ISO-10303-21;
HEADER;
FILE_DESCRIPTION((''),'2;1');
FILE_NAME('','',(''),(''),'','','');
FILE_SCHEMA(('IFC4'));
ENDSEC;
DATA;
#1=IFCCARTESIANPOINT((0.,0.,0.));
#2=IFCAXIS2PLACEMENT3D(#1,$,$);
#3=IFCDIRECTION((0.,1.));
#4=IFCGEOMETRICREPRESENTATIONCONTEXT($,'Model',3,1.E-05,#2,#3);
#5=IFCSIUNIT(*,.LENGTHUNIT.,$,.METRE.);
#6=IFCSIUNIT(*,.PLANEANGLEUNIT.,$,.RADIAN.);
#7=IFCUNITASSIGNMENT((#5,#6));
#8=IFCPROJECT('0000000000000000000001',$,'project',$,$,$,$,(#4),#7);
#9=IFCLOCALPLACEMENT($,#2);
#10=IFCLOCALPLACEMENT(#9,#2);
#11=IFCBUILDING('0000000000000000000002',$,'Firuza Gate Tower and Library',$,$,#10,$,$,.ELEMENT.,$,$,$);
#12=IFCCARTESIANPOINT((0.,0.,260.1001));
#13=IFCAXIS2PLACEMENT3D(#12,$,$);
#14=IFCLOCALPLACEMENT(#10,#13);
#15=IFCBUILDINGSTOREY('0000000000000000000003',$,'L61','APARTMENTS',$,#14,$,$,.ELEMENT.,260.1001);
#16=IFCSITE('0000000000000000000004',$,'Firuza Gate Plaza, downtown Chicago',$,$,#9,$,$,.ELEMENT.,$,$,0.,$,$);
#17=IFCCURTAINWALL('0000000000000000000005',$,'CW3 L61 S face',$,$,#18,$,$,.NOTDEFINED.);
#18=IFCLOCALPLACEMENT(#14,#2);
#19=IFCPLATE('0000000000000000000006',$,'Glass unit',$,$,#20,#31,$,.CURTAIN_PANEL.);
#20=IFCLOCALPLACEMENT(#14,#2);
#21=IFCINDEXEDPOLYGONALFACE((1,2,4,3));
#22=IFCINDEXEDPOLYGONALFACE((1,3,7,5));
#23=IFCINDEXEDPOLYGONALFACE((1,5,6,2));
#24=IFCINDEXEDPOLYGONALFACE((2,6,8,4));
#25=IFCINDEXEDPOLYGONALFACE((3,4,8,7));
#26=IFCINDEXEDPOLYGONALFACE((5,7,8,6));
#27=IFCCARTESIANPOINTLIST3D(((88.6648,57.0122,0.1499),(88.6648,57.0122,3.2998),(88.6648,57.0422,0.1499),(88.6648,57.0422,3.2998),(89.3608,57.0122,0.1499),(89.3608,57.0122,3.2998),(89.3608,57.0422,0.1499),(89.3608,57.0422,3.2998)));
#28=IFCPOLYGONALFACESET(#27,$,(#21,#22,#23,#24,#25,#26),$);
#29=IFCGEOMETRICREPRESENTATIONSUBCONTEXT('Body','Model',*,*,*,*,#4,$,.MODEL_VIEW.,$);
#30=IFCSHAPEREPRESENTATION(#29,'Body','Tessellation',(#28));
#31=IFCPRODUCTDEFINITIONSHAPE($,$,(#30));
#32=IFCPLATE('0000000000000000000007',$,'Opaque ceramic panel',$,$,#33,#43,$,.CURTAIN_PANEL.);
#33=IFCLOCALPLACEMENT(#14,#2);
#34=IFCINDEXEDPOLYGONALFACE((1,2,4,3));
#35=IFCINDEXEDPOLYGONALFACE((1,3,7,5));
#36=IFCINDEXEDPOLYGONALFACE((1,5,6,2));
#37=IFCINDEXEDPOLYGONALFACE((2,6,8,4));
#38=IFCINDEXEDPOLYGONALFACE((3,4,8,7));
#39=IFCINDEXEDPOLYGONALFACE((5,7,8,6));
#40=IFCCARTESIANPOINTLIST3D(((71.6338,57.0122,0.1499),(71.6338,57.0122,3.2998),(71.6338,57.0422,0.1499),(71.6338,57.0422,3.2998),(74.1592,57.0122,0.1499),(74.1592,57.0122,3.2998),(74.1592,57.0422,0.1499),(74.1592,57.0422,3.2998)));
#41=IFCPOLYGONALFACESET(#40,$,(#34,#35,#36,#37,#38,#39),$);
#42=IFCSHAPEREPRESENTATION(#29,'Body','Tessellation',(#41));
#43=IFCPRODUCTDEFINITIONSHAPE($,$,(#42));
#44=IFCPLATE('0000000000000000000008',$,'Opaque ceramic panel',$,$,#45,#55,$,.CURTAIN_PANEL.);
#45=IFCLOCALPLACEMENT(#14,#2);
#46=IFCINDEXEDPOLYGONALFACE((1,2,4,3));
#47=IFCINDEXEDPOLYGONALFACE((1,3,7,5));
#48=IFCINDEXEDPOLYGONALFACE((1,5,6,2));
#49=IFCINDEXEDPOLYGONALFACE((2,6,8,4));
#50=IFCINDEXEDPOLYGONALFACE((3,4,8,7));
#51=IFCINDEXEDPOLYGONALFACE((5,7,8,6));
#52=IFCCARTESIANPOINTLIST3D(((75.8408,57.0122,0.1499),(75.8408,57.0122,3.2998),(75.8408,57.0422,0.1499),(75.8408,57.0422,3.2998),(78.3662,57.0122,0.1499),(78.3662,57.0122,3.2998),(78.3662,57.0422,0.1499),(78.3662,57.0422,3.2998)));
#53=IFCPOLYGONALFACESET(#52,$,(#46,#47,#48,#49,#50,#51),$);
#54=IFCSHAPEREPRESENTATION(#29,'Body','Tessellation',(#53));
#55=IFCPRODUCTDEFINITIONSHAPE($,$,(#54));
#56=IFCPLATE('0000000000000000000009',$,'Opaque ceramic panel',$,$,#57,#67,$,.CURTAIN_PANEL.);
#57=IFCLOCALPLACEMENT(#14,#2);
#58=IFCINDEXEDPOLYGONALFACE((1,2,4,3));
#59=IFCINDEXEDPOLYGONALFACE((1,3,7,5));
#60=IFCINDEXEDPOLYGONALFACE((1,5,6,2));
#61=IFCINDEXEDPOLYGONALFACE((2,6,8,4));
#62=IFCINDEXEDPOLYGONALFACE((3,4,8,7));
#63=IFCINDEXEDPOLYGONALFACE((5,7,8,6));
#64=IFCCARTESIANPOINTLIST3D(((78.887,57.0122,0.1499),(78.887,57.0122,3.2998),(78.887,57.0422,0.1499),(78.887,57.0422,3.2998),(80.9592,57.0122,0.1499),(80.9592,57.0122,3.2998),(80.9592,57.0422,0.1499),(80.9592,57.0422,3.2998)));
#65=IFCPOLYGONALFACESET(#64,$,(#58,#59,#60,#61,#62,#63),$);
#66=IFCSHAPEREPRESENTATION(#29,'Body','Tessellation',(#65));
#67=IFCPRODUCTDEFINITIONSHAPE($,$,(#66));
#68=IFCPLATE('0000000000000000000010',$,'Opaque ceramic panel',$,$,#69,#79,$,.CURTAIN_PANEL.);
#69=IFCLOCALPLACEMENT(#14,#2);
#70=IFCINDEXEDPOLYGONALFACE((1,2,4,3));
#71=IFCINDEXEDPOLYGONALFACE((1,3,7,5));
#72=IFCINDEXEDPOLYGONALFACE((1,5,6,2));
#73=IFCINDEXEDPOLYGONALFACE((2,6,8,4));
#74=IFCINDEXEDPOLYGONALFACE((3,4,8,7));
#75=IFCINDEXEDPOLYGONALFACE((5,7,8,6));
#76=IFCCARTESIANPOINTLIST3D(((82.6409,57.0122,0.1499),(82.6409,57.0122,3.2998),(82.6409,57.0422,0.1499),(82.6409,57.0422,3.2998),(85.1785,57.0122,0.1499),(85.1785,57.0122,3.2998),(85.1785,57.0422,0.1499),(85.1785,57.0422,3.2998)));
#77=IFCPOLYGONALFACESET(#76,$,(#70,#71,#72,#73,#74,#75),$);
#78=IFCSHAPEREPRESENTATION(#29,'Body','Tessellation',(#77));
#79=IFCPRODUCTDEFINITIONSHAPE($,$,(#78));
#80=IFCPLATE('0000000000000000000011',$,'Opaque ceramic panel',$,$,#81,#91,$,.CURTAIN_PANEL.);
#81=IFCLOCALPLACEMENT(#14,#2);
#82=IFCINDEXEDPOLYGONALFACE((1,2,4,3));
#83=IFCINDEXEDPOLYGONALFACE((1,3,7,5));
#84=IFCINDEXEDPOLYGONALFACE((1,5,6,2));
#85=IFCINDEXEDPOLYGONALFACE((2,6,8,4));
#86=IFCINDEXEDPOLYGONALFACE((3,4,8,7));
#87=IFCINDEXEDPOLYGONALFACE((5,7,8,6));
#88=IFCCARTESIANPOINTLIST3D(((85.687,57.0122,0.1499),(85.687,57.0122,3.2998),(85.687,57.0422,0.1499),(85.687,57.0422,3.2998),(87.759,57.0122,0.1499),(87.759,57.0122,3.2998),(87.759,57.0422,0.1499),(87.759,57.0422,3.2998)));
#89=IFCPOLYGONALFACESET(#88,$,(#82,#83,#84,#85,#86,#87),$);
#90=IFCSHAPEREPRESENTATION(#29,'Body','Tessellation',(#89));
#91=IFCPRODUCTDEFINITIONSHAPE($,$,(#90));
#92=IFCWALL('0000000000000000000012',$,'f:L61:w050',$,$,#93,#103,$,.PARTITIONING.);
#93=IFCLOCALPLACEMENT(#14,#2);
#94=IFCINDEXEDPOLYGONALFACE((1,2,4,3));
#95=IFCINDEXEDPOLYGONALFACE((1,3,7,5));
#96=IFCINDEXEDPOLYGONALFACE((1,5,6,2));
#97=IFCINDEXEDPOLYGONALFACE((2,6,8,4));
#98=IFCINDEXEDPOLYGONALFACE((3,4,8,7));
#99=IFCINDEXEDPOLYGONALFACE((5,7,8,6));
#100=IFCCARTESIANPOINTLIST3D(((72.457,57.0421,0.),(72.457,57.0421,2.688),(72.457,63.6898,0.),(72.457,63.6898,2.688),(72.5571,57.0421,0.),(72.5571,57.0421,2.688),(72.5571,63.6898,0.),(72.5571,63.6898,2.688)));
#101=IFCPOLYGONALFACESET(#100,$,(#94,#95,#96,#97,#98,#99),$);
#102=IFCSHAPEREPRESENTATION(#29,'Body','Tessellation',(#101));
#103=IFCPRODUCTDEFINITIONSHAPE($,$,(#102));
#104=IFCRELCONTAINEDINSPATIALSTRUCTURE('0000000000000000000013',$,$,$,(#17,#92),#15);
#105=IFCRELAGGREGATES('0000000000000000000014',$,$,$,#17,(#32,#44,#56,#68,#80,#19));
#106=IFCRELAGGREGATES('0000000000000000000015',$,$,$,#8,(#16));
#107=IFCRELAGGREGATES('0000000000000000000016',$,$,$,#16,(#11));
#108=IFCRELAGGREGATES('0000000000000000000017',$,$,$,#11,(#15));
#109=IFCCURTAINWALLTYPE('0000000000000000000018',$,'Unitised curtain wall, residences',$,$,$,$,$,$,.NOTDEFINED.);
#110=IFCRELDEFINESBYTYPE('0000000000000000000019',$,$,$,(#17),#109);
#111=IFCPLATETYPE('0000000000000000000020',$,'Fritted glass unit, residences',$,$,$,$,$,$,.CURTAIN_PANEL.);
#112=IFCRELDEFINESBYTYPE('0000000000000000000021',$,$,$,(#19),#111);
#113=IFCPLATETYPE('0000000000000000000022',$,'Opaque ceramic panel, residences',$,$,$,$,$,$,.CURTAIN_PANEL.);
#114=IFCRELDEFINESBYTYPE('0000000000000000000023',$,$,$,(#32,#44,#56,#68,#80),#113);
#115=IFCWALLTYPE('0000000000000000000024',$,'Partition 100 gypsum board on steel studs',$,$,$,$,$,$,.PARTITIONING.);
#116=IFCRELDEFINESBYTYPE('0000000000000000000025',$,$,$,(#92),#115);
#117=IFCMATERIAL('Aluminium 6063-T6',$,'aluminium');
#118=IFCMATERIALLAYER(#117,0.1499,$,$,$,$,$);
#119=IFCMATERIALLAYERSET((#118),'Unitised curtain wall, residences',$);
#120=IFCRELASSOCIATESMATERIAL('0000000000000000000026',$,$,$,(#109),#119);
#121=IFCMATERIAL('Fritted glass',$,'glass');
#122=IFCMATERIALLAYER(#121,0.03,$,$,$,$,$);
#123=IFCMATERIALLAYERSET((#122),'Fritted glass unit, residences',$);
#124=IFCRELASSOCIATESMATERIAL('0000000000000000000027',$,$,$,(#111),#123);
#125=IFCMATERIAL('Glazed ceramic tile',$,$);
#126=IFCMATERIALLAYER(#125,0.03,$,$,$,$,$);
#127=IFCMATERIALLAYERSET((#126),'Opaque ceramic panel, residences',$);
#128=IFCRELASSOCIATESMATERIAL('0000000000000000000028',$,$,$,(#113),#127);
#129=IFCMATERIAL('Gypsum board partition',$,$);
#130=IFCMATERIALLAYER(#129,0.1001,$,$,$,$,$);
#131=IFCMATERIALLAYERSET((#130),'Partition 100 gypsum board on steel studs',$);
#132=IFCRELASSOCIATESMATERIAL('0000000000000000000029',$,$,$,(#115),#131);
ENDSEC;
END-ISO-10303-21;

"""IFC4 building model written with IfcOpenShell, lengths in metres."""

from ifc_helpers import new_model, si_unit, direction, frame, frame_2d, origin, place, context, subcontext, project, spatial, polyline, rectangle, outline, extrude, material, layer, layer_set, type_object, element, aggregate, save


model = new_model("IFC4")

# Units and contexts
model_context = context("Model", 3, precision=1e-05, world=origin(), true_north=direction((0.0, 1.0)))
body_context = subcontext(model_context, "Body", "Model", "MODEL_VIEW")
ifc_project = project(units=[si_unit("LENGTHUNIT", "METRE"), si_unit("PLANEANGLEUNIT", "RADIAN")], contexts=[model_context])

# Site, building, storey
site_placement = place(None, origin())
site = spatial("IfcSite", under=ifc_project, at=site_placement, Name="Firuza Gate Plaza, downtown Chicago", CompositionType="ELEMENT", RefElevation=0.0)
building_placement = place(site_placement, origin())
building = spatial("IfcBuilding", under=site, at=building_placement, Name="Firuza Gate Tower and Library", CompositionType="ELEMENT")
storey_placement = place(building_placement, frame((0.0, 0.0, 260.1001)))
storey = spatial("IfcBuildingStorey", under=building, at=storey_placement, Name="L61", Description="APARTMENTS", CompositionType="ELEMENT", Elevation=260.1001)

# Curtain wall
ifc_material_1 = material(Name="Aluminium 6063-T6", Category="aluminium")
ifc_layer_1 = layer(ifc_material_1, 0.1499)
ifc_layer_set_1 = layer_set([ifc_layer_1], Name="Unitised curtain wall, residences")
curtain_wall_type = type_object("IfcCurtainWallType", Name="Unitised curtain wall, residences", PredefinedType="NOTDEFINED", material=ifc_layer_set_1)
curtain_wall_placement = place(storey_placement, origin())
curtain_wall = element("IfcCurtainWall", 1, at=curtain_wall_placement, inside=storey, type_object=curtain_wall_type, Name="CW3 L61 S face", PredefinedType="NOTDEFINED")

# Plates
ifc_material_2 = material(Name="Fritted glass", Category="glass")
ifc_layer_2 = layer(ifc_material_2, 0.03)
ifc_layer_set_2 = layer_set([ifc_layer_2], Name="Fritted glass unit, residences")
plate_type_1 = type_object("IfcPlateType", Name="Fritted glass unit, residences", PredefinedType="CURTAIN_PANEL", material=ifc_layer_set_2)
plate_1_placement = place(storey_placement, frame((88.6648, 57.0122, 0.1499), z_axis=(0.0, -1.0, 0.0), x_axis=(1.0, 0.0, 0.0)))
plate_1 = element("IfcPlate", 2, at=plate_1_placement, type_object=plate_type_1, Name="Glass unit", PredefinedType="CURTAIN_PANEL", context=body_context, shape_type="SweptSolid", body=[
    extrude(outline(polyline([(0.0, 0.0), (0.696, 0.0), (0.696, 3.1499), (0.0, 3.1499), (0.0, 0.0)])), origin(), (0.0, 0.0, -1.0), 0.03),
])
ifc_material_3 = material(Name="Glazed ceramic tile")
ifc_layer_3 = layer(ifc_material_3, 0.03)
ifc_layer_set_3 = layer_set([ifc_layer_3], Name="Opaque ceramic panel, residences")
plate_type_2 = type_object("IfcPlateType", Name="Opaque ceramic panel, residences", PredefinedType="CURTAIN_PANEL", material=ifc_layer_set_3)
plate_2_placement = place(storey_placement, frame((71.6338, 57.0122, 0.1499), z_axis=(0.0, -1.0, 0.0), x_axis=(1.0, 0.0, 0.0)))
plate_2 = element("IfcPlate", 3, at=plate_2_placement, type_object=plate_type_2, Name="Opaque ceramic panel", PredefinedType="CURTAIN_PANEL", context=body_context, shape_type="SweptSolid", body=[
    extrude(outline(polyline([(0.0, 0.0), (2.5254, 0.0), (2.5254, 3.1499), (0.0, 3.1499), (0.0, 0.0)])), origin(), (0.0, 0.0, -1.0), 0.03),
])
plate_3_placement = place(storey_placement, frame((75.8408, 57.0122, 0.1499), z_axis=(0.0, -1.0, 0.0), x_axis=(1.0, 0.0, 0.0)))
plate_3 = element("IfcPlate", 4, at=plate_3_placement, type_object=plate_type_2, Name="Opaque ceramic panel", PredefinedType="CURTAIN_PANEL", context=body_context, shape_type="SweptSolid", body=[
    extrude(outline(polyline([(0.0, 0.0), (2.5254, 0.0), (2.5254, 3.1499), (0.0, 3.1499), (0.0, 0.0)])), origin(), (0.0, 0.0, -1.0), 0.03),
])
plate_4_placement = place(storey_placement, frame((78.887, 57.0122, 0.1499), z_axis=(0.0, -1.0, 0.0), x_axis=(1.0, 0.0, 0.0)))
plate_4 = element("IfcPlate", 5, at=plate_4_placement, type_object=plate_type_2, Name="Opaque ceramic panel", PredefinedType="CURTAIN_PANEL", context=body_context, shape_type="SweptSolid", body=[
    extrude(outline(polyline([(0.0, 0.0), (2.0723, 0.0), (2.0723, 3.1499), (0.0, 3.1499), (0.0, 0.0)])), origin(), (0.0, 0.0, -1.0), 0.03),
])
plate_5_placement = place(storey_placement, frame((82.6409, 57.0122, 0.1499), z_axis=(0.0, -1.0, 0.0), x_axis=(1.0, 0.0, 0.0)))
plate_5 = element("IfcPlate", 6, at=plate_5_placement, type_object=plate_type_2, Name="Opaque ceramic panel", PredefinedType="CURTAIN_PANEL", context=body_context, shape_type="SweptSolid", body=[
    extrude(outline(polyline([(0.0, 0.0), (2.5376, 0.0), (2.5376, 3.1499), (0.0, 3.1499), (0.0, 0.0)])), origin(), (0.0, 0.0, -1.0), 0.03),
])
plate_6_placement = place(storey_placement, frame((85.687, 57.0122, 0.1499), z_axis=(0.0, -1.0, 0.0), x_axis=(1.0, 0.0, 0.0)))
plate_6 = element("IfcPlate", 7, at=plate_6_placement, type_object=plate_type_2, Name="Opaque ceramic panel", PredefinedType="CURTAIN_PANEL", context=body_context, shape_type="SweptSolid", body=[
    extrude(outline(polyline([(0.0, 0.0), (2.072, 0.0), (2.072, 3.1499), (0.0, 3.1499), (0.0, 0.0)])), origin(), (0.0, 0.0, -1.0), 0.03),
])
aggregate(curtain_wall, [plate_2, plate_3, plate_4, plate_5, plate_6, plate_1])

# Wall
ifc_material_4 = material(Name="Gypsum board partition")
ifc_layer_4 = layer(ifc_material_4, 0.1001)
ifc_layer_set_4 = layer_set([ifc_layer_4], Name="Partition 100 gypsum board on steel studs")
wall_type = type_object("IfcWallType", Name="Partition 100 gypsum board on steel studs", PredefinedType="PARTITIONING", material=ifc_layer_set_4)
wall_placement = place(storey_placement, frame((72.5071, 57.0422, 0.0), z_axis=(0.0, 0.0, 1.0), x_axis=(0.0, 1.0, 0.0)))
element("IfcWall", 8, at=wall_placement, inside=storey, type_object=wall_type, Name="f:L61:w050", PredefinedType="PARTITIONING", context=body_context, shape_type="SweptSolid", body=[
    extrude(rectangle(XDim=6.6477, YDim=0.1001, at=frame_2d((3.3237, 0.0))), origin(), (0.0, 0.0, 1.0), 2.688),
])

save(model, "model.ifc")
